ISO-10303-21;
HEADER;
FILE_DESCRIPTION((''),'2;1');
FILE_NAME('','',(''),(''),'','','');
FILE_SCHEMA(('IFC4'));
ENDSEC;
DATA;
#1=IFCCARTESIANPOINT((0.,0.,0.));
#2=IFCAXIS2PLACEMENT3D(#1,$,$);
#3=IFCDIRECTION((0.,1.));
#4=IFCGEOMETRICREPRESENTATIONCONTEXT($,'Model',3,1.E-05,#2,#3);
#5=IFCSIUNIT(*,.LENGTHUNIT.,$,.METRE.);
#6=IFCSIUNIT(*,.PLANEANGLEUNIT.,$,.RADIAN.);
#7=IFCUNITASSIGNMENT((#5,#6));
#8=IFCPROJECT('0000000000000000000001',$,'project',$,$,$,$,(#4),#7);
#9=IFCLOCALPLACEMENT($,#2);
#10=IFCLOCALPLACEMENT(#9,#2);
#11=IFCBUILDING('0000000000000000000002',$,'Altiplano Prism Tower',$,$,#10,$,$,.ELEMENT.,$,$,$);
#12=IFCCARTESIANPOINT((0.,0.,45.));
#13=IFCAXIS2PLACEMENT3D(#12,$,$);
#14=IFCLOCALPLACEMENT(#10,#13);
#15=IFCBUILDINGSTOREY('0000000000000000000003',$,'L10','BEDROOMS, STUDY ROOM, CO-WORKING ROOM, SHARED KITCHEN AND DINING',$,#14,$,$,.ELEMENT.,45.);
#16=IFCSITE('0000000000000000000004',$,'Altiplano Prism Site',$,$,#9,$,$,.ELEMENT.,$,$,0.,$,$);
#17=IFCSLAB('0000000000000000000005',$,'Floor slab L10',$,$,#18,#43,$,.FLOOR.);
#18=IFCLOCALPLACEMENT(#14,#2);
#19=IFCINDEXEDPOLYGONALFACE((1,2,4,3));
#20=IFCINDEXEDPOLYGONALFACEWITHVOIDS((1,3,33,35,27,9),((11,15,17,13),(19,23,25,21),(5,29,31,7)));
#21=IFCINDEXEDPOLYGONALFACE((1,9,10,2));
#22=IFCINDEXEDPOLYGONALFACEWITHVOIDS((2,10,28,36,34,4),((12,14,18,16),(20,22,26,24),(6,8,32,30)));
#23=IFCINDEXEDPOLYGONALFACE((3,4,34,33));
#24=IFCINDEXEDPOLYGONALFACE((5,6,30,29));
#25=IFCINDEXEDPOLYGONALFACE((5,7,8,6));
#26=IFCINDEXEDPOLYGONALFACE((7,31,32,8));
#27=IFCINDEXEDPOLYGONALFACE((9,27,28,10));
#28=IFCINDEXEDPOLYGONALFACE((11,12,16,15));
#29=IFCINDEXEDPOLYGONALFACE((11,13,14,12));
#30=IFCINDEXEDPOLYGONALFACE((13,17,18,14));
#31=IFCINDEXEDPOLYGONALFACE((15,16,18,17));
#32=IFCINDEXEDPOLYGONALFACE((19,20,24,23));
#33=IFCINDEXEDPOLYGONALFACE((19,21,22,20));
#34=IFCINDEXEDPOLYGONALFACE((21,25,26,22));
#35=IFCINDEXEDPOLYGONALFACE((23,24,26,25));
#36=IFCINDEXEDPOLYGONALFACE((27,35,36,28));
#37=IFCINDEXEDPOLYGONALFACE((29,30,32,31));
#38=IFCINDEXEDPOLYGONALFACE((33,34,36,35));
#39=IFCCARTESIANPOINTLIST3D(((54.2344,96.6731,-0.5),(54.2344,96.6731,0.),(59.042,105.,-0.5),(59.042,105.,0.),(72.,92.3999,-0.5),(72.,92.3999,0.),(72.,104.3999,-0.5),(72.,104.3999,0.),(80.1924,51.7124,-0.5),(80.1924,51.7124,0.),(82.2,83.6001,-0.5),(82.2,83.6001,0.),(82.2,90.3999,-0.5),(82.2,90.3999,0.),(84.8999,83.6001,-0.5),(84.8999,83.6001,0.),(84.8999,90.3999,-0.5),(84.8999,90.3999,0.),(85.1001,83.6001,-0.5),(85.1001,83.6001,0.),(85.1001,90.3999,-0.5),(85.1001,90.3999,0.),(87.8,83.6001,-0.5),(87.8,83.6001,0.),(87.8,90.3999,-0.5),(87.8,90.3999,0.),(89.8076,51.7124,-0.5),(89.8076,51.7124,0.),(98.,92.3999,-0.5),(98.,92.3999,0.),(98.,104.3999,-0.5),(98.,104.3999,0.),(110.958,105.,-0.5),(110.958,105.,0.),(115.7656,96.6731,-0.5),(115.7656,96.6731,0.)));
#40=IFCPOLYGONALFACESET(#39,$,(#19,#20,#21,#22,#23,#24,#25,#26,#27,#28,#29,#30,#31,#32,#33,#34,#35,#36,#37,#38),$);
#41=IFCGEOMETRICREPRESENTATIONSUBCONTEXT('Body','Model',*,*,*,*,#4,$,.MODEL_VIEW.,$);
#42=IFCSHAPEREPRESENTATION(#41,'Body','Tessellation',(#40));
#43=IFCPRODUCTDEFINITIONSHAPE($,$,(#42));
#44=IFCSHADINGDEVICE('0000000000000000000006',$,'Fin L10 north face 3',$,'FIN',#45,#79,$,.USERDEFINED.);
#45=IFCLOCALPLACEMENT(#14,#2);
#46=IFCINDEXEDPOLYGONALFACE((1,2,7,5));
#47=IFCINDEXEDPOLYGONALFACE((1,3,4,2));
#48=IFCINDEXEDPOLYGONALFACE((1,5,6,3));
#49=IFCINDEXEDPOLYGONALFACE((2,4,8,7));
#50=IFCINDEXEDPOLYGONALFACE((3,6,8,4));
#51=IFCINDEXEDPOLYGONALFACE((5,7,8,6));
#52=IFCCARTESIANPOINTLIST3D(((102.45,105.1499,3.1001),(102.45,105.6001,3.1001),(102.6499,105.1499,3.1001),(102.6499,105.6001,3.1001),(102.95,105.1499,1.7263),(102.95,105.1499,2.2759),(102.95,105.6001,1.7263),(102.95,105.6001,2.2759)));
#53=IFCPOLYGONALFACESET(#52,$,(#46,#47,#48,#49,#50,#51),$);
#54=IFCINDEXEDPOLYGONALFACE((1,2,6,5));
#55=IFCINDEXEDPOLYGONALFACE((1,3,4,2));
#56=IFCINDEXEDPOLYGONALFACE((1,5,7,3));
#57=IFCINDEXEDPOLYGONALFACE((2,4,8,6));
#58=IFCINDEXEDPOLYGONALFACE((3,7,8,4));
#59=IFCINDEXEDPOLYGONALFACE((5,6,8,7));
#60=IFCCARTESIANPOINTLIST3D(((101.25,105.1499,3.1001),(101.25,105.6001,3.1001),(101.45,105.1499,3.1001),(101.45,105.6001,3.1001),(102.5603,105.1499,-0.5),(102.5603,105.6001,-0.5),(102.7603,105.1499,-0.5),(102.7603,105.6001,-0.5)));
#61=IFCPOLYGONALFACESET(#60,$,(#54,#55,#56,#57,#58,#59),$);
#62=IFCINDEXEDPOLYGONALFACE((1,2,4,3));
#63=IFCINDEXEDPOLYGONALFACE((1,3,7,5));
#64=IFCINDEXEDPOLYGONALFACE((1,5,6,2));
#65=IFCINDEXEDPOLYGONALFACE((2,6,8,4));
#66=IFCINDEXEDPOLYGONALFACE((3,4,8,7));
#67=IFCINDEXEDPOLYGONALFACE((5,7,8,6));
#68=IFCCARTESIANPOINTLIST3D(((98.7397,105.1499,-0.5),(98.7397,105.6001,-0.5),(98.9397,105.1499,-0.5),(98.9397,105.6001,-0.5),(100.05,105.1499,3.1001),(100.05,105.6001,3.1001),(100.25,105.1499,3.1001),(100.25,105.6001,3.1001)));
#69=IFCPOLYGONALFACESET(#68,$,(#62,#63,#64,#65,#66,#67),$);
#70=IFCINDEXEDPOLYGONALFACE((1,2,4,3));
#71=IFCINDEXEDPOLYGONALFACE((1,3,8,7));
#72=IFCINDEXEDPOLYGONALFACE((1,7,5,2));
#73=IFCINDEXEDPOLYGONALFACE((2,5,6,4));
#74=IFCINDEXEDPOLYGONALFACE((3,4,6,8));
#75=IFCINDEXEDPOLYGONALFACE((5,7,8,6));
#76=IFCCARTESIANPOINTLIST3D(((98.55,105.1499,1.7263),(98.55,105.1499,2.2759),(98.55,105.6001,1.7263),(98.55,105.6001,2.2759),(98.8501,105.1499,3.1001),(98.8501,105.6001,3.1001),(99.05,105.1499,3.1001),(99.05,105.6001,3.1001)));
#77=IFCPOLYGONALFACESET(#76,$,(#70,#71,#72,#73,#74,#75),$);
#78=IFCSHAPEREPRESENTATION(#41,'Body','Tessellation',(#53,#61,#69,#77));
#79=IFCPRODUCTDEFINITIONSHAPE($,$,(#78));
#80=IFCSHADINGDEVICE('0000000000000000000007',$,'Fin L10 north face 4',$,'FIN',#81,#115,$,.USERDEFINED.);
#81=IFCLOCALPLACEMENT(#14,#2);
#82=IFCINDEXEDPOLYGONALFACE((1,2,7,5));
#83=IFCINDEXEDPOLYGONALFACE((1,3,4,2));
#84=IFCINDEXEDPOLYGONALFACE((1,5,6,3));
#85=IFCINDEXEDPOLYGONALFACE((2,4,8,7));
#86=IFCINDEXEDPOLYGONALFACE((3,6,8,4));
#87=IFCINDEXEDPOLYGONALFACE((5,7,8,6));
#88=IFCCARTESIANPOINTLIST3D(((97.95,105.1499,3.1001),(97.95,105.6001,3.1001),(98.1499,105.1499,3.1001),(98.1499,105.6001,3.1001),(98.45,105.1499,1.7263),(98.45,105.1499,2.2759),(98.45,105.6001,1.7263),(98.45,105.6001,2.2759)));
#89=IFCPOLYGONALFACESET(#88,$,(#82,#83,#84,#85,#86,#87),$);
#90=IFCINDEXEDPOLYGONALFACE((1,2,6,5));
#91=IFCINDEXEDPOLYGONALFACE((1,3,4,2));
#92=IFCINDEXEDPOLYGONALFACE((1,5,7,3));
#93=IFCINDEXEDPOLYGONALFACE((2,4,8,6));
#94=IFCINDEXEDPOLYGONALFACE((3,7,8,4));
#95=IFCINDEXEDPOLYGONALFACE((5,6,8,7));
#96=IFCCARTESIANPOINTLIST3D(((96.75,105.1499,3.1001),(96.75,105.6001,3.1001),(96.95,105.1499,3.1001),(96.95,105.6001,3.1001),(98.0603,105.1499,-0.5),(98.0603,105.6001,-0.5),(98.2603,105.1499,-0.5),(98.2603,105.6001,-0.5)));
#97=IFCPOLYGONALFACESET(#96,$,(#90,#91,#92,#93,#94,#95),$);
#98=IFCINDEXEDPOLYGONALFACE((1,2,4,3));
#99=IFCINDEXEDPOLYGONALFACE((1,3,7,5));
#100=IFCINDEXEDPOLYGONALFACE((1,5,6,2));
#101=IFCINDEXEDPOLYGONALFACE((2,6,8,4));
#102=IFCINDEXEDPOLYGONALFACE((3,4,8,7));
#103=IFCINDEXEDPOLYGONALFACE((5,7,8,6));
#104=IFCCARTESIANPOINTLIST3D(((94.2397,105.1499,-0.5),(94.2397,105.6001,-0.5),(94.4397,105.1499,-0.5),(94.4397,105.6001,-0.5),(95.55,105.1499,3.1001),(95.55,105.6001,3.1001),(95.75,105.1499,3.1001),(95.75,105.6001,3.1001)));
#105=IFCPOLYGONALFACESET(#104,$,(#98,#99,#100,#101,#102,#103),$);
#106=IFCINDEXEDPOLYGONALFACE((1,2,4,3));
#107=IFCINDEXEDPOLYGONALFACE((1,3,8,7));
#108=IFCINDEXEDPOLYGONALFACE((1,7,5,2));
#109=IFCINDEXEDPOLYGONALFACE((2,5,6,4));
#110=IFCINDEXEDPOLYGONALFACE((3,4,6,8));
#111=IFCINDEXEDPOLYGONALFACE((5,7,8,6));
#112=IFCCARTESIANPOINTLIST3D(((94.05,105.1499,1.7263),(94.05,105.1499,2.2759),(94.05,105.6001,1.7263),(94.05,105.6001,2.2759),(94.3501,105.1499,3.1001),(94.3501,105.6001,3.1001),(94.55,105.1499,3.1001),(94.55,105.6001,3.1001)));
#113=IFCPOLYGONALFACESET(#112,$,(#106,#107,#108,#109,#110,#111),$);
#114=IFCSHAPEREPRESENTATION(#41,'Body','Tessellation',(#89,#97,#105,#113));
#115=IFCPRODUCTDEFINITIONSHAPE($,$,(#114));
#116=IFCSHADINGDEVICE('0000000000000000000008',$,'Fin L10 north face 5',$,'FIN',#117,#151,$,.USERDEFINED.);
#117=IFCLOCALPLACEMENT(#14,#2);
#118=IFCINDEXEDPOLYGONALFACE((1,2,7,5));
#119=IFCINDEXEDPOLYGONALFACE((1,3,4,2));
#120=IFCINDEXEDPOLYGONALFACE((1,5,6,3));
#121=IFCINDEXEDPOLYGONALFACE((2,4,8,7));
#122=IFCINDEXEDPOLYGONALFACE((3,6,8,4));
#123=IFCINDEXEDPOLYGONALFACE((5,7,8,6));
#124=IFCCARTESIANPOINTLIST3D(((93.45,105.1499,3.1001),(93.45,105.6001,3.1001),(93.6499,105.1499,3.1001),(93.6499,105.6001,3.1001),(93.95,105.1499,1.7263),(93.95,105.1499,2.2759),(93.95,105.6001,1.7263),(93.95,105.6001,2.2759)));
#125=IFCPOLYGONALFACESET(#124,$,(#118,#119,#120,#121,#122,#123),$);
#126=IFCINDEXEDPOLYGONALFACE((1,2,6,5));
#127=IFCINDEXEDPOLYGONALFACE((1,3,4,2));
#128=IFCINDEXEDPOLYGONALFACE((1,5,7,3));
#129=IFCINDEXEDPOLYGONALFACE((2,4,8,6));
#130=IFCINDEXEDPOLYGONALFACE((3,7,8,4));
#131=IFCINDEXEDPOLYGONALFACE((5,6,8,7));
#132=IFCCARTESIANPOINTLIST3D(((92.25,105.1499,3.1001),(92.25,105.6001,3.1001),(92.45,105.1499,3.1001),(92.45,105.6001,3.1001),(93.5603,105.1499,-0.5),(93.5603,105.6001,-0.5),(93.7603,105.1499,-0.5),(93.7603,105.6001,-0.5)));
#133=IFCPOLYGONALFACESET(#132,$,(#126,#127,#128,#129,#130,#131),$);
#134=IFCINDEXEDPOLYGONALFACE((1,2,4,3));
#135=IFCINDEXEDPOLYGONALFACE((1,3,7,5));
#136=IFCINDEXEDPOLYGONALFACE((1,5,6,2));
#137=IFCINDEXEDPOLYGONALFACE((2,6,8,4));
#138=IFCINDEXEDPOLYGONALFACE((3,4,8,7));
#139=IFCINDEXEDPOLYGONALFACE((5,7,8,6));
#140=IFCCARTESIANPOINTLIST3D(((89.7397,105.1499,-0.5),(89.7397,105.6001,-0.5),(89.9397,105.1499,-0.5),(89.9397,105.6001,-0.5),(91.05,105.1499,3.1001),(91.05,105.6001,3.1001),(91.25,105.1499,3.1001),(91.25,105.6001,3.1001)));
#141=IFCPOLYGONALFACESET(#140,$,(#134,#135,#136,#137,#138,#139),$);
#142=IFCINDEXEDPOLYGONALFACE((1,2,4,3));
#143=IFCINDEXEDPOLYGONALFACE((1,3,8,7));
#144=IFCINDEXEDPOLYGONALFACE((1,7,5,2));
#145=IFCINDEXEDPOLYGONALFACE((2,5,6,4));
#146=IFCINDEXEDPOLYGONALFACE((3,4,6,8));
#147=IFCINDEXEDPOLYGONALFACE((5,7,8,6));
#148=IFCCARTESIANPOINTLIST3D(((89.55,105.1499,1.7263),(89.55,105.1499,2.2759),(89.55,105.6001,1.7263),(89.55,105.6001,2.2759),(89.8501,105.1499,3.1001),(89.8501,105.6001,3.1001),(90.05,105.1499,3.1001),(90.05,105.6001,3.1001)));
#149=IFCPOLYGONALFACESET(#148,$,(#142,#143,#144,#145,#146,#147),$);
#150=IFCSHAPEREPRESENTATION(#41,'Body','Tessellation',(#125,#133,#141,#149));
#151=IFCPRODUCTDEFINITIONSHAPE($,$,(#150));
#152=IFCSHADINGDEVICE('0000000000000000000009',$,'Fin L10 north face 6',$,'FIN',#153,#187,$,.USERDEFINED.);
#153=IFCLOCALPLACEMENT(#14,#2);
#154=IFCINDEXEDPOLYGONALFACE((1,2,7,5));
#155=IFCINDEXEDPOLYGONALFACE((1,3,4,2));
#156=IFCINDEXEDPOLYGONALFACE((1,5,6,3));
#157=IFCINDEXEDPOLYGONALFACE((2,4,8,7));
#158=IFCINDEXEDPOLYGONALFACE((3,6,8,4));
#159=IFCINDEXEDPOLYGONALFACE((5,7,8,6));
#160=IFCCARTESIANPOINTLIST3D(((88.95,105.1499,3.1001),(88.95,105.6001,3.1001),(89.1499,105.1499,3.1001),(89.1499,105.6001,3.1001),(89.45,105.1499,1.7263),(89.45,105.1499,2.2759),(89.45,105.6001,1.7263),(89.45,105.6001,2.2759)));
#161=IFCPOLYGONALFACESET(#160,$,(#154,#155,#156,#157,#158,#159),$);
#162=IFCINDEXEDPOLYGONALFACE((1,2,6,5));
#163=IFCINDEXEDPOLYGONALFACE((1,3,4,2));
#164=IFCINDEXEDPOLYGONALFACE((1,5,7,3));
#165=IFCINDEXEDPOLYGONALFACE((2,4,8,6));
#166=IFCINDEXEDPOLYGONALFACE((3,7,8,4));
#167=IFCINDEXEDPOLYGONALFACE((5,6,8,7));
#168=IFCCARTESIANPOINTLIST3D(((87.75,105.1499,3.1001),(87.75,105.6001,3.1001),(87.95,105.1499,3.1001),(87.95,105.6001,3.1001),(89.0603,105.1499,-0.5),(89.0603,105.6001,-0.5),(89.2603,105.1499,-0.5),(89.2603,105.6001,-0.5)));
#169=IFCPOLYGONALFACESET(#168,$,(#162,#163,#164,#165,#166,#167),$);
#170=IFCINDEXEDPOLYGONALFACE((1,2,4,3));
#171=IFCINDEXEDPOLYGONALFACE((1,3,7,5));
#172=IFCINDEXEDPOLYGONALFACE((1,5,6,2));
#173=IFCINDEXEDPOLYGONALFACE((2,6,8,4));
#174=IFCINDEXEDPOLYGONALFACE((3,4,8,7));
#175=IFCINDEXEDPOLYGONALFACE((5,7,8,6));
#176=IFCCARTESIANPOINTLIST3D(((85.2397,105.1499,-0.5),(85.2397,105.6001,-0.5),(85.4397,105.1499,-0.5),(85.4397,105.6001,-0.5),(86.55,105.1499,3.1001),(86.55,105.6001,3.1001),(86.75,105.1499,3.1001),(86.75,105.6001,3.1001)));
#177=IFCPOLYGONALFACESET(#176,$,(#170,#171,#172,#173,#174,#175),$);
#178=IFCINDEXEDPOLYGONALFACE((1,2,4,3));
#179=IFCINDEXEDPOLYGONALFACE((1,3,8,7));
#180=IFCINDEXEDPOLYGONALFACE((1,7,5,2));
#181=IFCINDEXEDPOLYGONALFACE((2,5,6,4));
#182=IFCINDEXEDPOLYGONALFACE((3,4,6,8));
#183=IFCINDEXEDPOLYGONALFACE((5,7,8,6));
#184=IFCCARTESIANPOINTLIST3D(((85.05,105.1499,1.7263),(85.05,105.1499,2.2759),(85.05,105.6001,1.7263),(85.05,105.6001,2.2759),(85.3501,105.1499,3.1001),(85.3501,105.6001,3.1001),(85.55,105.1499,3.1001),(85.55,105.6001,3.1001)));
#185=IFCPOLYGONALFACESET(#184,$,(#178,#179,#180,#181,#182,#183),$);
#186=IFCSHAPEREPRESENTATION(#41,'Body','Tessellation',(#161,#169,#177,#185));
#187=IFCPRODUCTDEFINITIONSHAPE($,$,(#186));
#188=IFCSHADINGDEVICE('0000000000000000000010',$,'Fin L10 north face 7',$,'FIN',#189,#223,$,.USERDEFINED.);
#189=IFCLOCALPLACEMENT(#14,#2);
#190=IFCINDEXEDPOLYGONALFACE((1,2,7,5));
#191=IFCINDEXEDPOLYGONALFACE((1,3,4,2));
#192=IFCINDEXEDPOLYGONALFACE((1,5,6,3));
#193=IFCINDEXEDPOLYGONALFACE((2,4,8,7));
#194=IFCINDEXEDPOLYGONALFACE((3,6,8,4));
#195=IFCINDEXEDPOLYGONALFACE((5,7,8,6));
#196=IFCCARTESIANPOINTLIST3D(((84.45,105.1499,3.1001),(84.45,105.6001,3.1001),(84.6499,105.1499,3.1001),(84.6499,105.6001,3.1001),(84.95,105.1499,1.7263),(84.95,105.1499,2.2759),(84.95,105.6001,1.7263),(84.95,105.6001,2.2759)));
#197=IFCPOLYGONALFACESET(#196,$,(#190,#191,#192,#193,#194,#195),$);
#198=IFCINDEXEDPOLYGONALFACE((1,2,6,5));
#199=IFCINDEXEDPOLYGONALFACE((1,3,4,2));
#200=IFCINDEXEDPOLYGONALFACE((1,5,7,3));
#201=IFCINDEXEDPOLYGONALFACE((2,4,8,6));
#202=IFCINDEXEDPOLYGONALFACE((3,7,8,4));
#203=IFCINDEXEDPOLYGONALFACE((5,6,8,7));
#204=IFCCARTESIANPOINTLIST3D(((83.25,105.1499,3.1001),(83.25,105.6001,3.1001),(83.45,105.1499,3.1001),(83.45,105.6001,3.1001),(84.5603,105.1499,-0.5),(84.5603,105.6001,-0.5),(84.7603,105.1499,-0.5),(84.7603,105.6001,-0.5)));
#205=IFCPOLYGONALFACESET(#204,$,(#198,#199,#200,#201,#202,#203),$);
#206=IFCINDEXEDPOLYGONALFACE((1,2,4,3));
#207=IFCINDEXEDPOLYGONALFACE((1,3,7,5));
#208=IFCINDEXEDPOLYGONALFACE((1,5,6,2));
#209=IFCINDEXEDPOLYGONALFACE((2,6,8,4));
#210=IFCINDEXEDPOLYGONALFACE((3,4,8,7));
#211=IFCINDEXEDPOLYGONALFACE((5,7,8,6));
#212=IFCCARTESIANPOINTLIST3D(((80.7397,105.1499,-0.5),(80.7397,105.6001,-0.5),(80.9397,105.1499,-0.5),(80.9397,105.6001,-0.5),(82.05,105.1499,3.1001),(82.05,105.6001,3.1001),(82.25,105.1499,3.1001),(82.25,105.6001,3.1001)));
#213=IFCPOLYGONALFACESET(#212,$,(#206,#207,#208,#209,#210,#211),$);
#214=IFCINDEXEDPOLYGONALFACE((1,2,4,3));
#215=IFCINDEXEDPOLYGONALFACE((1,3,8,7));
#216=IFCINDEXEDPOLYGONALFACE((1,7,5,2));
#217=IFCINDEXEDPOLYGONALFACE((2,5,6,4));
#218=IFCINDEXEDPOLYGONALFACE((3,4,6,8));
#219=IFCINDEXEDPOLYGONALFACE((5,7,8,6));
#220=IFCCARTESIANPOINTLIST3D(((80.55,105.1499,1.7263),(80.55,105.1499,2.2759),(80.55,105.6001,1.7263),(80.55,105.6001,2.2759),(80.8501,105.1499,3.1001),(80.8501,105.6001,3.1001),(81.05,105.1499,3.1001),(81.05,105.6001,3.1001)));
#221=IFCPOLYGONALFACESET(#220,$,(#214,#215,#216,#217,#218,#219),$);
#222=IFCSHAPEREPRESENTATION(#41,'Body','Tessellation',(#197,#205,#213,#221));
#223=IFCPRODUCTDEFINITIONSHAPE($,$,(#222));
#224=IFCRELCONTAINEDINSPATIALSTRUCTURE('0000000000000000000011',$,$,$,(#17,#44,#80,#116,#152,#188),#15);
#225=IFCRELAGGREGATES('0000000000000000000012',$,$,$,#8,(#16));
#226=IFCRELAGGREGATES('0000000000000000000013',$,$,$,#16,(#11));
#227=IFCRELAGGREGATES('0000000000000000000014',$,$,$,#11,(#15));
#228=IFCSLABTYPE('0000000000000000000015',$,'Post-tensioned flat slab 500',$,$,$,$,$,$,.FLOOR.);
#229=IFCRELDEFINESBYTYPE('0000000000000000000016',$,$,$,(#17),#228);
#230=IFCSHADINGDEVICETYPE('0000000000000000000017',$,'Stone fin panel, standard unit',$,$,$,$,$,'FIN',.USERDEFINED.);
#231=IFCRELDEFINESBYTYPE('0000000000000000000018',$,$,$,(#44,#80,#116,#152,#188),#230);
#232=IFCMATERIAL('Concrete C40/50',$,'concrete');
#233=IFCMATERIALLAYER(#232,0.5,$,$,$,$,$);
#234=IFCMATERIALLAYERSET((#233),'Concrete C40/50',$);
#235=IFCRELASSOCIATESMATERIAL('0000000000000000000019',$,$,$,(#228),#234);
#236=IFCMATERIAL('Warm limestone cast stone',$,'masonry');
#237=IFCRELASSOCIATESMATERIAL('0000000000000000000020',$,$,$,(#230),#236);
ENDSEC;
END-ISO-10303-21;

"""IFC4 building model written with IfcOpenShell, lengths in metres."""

from ifc_helpers import new_model, si_unit, direction, frame, origin, place, context, subcontext, project, spatial, polyline, outline, extrude, source, transform, mapped, material, layer, layer_set, type_object, element, save


model = new_model("IFC4")

# Units and contexts
model_context = context("Model", 3, precision=1e-05, world=origin(), true_north=direction((0.0, 1.0)))
body_context = subcontext(model_context, "Body", "Model", "MODEL_VIEW")
ifc_project = project(units=[si_unit("LENGTHUNIT", "METRE"), si_unit("PLANEANGLEUNIT", "RADIAN")], contexts=[model_context])

# Site, building, storey
site_placement = place(None, origin())
site = spatial("IfcSite", under=ifc_project, at=site_placement, Name="Altiplano Prism Site", CompositionType="ELEMENT", RefElevation=0.0)
building_placement = place(site_placement, origin())
building = spatial("IfcBuilding", under=site, at=building_placement, Name="Altiplano Prism Tower", CompositionType="ELEMENT")
storey_placement = place(building_placement, frame((0.0, 0.0, 45.0)))
storey = spatial("IfcBuildingStorey", under=building, at=storey_placement, Name="L10", Description="BEDROOMS, STUDY ROOM, CO-WORKING ROOM, SHARED KITCHEN AND DINING", CompositionType="ELEMENT", Elevation=45.0)

# Slab
ifc_material_1 = material(Name="Concrete C40/50", Category="concrete")
ifc_layer = layer(ifc_material_1, 0.5)
ifc_layer_set = layer_set([ifc_layer], Name="Concrete C40/50")
slab_type = type_object("IfcSlabType", Name="Post-tensioned flat slab 500", PredefinedType="FLOOR", material=ifc_layer_set)
slab_placement = place(storey_placement, frame((0.0, 0.0, -0.5)))
element("IfcSlab", 1, at=slab_placement, inside=storey, type_object=slab_type, Name="Floor slab L10", PredefinedType="FLOOR", context=body_context, shape_type="SweptSolid", body=[
    extrude(outline(polyline([(80.1924, 51.7124), (54.2344, 96.6731), (59.042, 105.0), (110.958, 105.0), (115.7656, 96.6731), (89.8076, 51.7124), (80.1924, 51.7124)]), holes=[polyline([(72.0, 104.3999), (72.0, 92.3999), (98.0, 92.3999), (98.0, 104.3999), (72.0, 104.3999)]), polyline([(84.8999, 90.3999), (82.2, 90.3999), (82.2, 83.6001), (84.8999, 83.6001), (84.8999, 90.3999)]), polyline([(87.8, 83.6001), (87.8, 90.3999), (85.1001, 90.3999), (85.1001, 83.6001), (87.8, 83.6001)])]), origin(), (0.0, 0.0, 1.0), 0.5),
])

# Shading devices
ifc_material_2 = material(Name="Warm limestone cast stone", Category="masonry")
shading_device_type_1 = type_object("IfcShadingDeviceType", Name="Stone fin panel, standard unit", ElementType="FIN", PredefinedType="USERDEFINED", material=ifc_material_2)
shared_shape_1 = source(origin(), body_context, "Body", "SweptSolid", [
    extrude(outline(polyline([(-2.2, 2.2263), (-1.7, 3.6001), (-1.8999, 3.6001), (-2.2, 2.7759), (-2.2, 2.2263)])), frame((0.0, -0.1499, 0.0), z_axis=(0.0, -1.0, 0.0), x_axis=(1.0, 0.0, 0.0)), (0.0, 0.0, 1.0), 0.4502),
    extrude(outline(polyline([(-2.0103, 0.0), (-1.8103, 0.0), (-0.5, 3.6001), (-0.7, 3.6001), (-2.0103, 0.0)])), frame((0.0, -0.1499, 0.0), z_axis=(0.0, -1.0, 0.0), x_axis=(1.0, 0.0, 0.0)), (0.0, 0.0, 1.0), 0.4502),
    extrude(outline(polyline([(1.8103, 0.0), (2.0103, 0.0), (0.7, 3.6001), (0.5, 3.6001), (1.8103, 0.0)])), frame((0.0, -0.1499, 0.0), z_axis=(0.0, -1.0, 0.0), x_axis=(1.0, 0.0, 0.0)), (0.0, 0.0, 1.0), 0.4502),
    extrude(outline(polyline([(2.2, 2.7759), (1.8999, 3.6001), (1.7, 3.6001), (2.2, 2.2263), (2.2, 2.7759)])), frame((0.0, -0.1499, 0.0), z_axis=(0.0, -1.0, 0.0), x_axis=(1.0, 0.0, 0.0)), (0.0, 0.0, 1.0), 0.4502),
])
shading_device_1_placement = place(storey_placement, origin())
element("IfcShadingDevice", 2, at=shading_device_1_placement, inside=storey, type_object=shading_device_type_1, Name="Fin L10 north face 3", ObjectType="FIN", PredefinedType="USERDEFINED", context=body_context, shape_type="MappedRepresentation", body=[
    mapped(shared_shape_1, transform((100.75, 105.0, -0.5), x_axis=(-1.0, 0.0, 0.0), y_axis=(0.0, -1.0, 0.0), z_axis=(0.0, 0.0, 1.0))),
])
shading_device_2_placement = place(storey_placement, origin())
element("IfcShadingDevice", 3, at=shading_device_2_placement, inside=storey, type_object=shading_device_type_1, Name="Fin L10 north face 4", ObjectType="FIN", PredefinedType="USERDEFINED", context=body_context, shape_type="MappedRepresentation", body=[
    mapped(shared_shape_1, transform((96.25, 105.0, -0.5), x_axis=(-1.0, 0.0, 0.0), y_axis=(0.0, -1.0, 0.0), z_axis=(0.0, 0.0, 1.0))),
])
shading_device_3_placement = place(storey_placement, origin())
element("IfcShadingDevice", 4, at=shading_device_3_placement, inside=storey, type_object=shading_device_type_1, Name="Fin L10 north face 5", ObjectType="FIN", PredefinedType="USERDEFINED", context=body_context, shape_type="MappedRepresentation", body=[
    mapped(shared_shape_1, transform((91.75, 105.0, -0.5), x_axis=(-1.0, 0.0, 0.0), y_axis=(0.0, -1.0, 0.0), z_axis=(0.0, 0.0, 1.0))),
])
shading_device_4_placement = place(storey_placement, origin())
element("IfcShadingDevice", 5, at=shading_device_4_placement, inside=storey, type_object=shading_device_type_1, Name="Fin L10 north face 6", ObjectType="FIN", PredefinedType="USERDEFINED", context=body_context, shape_type="MappedRepresentation", body=[
    mapped(shared_shape_1, transform((87.25, 105.0, -0.5), x_axis=(-1.0, 0.0, 0.0), y_axis=(0.0, -1.0, 0.0), z_axis=(0.0, 0.0, 1.0))),
])
shading_device_5_placement = place(storey_placement, origin())
element("IfcShadingDevice", 6, at=shading_device_5_placement, inside=storey, type_object=shading_device_type_1, Name="Fin L10 north face 7", ObjectType="FIN", PredefinedType="USERDEFINED", context=body_context, shape_type="MappedRepresentation", body=[
    mapped(shared_shape_1, transform((82.75, 105.0, -0.5), x_axis=(-1.0, 0.0, 0.0), y_axis=(0.0, -1.0, 0.0), z_axis=(0.0, 0.0, 1.0))),
])

save(model, "model.ifc")
